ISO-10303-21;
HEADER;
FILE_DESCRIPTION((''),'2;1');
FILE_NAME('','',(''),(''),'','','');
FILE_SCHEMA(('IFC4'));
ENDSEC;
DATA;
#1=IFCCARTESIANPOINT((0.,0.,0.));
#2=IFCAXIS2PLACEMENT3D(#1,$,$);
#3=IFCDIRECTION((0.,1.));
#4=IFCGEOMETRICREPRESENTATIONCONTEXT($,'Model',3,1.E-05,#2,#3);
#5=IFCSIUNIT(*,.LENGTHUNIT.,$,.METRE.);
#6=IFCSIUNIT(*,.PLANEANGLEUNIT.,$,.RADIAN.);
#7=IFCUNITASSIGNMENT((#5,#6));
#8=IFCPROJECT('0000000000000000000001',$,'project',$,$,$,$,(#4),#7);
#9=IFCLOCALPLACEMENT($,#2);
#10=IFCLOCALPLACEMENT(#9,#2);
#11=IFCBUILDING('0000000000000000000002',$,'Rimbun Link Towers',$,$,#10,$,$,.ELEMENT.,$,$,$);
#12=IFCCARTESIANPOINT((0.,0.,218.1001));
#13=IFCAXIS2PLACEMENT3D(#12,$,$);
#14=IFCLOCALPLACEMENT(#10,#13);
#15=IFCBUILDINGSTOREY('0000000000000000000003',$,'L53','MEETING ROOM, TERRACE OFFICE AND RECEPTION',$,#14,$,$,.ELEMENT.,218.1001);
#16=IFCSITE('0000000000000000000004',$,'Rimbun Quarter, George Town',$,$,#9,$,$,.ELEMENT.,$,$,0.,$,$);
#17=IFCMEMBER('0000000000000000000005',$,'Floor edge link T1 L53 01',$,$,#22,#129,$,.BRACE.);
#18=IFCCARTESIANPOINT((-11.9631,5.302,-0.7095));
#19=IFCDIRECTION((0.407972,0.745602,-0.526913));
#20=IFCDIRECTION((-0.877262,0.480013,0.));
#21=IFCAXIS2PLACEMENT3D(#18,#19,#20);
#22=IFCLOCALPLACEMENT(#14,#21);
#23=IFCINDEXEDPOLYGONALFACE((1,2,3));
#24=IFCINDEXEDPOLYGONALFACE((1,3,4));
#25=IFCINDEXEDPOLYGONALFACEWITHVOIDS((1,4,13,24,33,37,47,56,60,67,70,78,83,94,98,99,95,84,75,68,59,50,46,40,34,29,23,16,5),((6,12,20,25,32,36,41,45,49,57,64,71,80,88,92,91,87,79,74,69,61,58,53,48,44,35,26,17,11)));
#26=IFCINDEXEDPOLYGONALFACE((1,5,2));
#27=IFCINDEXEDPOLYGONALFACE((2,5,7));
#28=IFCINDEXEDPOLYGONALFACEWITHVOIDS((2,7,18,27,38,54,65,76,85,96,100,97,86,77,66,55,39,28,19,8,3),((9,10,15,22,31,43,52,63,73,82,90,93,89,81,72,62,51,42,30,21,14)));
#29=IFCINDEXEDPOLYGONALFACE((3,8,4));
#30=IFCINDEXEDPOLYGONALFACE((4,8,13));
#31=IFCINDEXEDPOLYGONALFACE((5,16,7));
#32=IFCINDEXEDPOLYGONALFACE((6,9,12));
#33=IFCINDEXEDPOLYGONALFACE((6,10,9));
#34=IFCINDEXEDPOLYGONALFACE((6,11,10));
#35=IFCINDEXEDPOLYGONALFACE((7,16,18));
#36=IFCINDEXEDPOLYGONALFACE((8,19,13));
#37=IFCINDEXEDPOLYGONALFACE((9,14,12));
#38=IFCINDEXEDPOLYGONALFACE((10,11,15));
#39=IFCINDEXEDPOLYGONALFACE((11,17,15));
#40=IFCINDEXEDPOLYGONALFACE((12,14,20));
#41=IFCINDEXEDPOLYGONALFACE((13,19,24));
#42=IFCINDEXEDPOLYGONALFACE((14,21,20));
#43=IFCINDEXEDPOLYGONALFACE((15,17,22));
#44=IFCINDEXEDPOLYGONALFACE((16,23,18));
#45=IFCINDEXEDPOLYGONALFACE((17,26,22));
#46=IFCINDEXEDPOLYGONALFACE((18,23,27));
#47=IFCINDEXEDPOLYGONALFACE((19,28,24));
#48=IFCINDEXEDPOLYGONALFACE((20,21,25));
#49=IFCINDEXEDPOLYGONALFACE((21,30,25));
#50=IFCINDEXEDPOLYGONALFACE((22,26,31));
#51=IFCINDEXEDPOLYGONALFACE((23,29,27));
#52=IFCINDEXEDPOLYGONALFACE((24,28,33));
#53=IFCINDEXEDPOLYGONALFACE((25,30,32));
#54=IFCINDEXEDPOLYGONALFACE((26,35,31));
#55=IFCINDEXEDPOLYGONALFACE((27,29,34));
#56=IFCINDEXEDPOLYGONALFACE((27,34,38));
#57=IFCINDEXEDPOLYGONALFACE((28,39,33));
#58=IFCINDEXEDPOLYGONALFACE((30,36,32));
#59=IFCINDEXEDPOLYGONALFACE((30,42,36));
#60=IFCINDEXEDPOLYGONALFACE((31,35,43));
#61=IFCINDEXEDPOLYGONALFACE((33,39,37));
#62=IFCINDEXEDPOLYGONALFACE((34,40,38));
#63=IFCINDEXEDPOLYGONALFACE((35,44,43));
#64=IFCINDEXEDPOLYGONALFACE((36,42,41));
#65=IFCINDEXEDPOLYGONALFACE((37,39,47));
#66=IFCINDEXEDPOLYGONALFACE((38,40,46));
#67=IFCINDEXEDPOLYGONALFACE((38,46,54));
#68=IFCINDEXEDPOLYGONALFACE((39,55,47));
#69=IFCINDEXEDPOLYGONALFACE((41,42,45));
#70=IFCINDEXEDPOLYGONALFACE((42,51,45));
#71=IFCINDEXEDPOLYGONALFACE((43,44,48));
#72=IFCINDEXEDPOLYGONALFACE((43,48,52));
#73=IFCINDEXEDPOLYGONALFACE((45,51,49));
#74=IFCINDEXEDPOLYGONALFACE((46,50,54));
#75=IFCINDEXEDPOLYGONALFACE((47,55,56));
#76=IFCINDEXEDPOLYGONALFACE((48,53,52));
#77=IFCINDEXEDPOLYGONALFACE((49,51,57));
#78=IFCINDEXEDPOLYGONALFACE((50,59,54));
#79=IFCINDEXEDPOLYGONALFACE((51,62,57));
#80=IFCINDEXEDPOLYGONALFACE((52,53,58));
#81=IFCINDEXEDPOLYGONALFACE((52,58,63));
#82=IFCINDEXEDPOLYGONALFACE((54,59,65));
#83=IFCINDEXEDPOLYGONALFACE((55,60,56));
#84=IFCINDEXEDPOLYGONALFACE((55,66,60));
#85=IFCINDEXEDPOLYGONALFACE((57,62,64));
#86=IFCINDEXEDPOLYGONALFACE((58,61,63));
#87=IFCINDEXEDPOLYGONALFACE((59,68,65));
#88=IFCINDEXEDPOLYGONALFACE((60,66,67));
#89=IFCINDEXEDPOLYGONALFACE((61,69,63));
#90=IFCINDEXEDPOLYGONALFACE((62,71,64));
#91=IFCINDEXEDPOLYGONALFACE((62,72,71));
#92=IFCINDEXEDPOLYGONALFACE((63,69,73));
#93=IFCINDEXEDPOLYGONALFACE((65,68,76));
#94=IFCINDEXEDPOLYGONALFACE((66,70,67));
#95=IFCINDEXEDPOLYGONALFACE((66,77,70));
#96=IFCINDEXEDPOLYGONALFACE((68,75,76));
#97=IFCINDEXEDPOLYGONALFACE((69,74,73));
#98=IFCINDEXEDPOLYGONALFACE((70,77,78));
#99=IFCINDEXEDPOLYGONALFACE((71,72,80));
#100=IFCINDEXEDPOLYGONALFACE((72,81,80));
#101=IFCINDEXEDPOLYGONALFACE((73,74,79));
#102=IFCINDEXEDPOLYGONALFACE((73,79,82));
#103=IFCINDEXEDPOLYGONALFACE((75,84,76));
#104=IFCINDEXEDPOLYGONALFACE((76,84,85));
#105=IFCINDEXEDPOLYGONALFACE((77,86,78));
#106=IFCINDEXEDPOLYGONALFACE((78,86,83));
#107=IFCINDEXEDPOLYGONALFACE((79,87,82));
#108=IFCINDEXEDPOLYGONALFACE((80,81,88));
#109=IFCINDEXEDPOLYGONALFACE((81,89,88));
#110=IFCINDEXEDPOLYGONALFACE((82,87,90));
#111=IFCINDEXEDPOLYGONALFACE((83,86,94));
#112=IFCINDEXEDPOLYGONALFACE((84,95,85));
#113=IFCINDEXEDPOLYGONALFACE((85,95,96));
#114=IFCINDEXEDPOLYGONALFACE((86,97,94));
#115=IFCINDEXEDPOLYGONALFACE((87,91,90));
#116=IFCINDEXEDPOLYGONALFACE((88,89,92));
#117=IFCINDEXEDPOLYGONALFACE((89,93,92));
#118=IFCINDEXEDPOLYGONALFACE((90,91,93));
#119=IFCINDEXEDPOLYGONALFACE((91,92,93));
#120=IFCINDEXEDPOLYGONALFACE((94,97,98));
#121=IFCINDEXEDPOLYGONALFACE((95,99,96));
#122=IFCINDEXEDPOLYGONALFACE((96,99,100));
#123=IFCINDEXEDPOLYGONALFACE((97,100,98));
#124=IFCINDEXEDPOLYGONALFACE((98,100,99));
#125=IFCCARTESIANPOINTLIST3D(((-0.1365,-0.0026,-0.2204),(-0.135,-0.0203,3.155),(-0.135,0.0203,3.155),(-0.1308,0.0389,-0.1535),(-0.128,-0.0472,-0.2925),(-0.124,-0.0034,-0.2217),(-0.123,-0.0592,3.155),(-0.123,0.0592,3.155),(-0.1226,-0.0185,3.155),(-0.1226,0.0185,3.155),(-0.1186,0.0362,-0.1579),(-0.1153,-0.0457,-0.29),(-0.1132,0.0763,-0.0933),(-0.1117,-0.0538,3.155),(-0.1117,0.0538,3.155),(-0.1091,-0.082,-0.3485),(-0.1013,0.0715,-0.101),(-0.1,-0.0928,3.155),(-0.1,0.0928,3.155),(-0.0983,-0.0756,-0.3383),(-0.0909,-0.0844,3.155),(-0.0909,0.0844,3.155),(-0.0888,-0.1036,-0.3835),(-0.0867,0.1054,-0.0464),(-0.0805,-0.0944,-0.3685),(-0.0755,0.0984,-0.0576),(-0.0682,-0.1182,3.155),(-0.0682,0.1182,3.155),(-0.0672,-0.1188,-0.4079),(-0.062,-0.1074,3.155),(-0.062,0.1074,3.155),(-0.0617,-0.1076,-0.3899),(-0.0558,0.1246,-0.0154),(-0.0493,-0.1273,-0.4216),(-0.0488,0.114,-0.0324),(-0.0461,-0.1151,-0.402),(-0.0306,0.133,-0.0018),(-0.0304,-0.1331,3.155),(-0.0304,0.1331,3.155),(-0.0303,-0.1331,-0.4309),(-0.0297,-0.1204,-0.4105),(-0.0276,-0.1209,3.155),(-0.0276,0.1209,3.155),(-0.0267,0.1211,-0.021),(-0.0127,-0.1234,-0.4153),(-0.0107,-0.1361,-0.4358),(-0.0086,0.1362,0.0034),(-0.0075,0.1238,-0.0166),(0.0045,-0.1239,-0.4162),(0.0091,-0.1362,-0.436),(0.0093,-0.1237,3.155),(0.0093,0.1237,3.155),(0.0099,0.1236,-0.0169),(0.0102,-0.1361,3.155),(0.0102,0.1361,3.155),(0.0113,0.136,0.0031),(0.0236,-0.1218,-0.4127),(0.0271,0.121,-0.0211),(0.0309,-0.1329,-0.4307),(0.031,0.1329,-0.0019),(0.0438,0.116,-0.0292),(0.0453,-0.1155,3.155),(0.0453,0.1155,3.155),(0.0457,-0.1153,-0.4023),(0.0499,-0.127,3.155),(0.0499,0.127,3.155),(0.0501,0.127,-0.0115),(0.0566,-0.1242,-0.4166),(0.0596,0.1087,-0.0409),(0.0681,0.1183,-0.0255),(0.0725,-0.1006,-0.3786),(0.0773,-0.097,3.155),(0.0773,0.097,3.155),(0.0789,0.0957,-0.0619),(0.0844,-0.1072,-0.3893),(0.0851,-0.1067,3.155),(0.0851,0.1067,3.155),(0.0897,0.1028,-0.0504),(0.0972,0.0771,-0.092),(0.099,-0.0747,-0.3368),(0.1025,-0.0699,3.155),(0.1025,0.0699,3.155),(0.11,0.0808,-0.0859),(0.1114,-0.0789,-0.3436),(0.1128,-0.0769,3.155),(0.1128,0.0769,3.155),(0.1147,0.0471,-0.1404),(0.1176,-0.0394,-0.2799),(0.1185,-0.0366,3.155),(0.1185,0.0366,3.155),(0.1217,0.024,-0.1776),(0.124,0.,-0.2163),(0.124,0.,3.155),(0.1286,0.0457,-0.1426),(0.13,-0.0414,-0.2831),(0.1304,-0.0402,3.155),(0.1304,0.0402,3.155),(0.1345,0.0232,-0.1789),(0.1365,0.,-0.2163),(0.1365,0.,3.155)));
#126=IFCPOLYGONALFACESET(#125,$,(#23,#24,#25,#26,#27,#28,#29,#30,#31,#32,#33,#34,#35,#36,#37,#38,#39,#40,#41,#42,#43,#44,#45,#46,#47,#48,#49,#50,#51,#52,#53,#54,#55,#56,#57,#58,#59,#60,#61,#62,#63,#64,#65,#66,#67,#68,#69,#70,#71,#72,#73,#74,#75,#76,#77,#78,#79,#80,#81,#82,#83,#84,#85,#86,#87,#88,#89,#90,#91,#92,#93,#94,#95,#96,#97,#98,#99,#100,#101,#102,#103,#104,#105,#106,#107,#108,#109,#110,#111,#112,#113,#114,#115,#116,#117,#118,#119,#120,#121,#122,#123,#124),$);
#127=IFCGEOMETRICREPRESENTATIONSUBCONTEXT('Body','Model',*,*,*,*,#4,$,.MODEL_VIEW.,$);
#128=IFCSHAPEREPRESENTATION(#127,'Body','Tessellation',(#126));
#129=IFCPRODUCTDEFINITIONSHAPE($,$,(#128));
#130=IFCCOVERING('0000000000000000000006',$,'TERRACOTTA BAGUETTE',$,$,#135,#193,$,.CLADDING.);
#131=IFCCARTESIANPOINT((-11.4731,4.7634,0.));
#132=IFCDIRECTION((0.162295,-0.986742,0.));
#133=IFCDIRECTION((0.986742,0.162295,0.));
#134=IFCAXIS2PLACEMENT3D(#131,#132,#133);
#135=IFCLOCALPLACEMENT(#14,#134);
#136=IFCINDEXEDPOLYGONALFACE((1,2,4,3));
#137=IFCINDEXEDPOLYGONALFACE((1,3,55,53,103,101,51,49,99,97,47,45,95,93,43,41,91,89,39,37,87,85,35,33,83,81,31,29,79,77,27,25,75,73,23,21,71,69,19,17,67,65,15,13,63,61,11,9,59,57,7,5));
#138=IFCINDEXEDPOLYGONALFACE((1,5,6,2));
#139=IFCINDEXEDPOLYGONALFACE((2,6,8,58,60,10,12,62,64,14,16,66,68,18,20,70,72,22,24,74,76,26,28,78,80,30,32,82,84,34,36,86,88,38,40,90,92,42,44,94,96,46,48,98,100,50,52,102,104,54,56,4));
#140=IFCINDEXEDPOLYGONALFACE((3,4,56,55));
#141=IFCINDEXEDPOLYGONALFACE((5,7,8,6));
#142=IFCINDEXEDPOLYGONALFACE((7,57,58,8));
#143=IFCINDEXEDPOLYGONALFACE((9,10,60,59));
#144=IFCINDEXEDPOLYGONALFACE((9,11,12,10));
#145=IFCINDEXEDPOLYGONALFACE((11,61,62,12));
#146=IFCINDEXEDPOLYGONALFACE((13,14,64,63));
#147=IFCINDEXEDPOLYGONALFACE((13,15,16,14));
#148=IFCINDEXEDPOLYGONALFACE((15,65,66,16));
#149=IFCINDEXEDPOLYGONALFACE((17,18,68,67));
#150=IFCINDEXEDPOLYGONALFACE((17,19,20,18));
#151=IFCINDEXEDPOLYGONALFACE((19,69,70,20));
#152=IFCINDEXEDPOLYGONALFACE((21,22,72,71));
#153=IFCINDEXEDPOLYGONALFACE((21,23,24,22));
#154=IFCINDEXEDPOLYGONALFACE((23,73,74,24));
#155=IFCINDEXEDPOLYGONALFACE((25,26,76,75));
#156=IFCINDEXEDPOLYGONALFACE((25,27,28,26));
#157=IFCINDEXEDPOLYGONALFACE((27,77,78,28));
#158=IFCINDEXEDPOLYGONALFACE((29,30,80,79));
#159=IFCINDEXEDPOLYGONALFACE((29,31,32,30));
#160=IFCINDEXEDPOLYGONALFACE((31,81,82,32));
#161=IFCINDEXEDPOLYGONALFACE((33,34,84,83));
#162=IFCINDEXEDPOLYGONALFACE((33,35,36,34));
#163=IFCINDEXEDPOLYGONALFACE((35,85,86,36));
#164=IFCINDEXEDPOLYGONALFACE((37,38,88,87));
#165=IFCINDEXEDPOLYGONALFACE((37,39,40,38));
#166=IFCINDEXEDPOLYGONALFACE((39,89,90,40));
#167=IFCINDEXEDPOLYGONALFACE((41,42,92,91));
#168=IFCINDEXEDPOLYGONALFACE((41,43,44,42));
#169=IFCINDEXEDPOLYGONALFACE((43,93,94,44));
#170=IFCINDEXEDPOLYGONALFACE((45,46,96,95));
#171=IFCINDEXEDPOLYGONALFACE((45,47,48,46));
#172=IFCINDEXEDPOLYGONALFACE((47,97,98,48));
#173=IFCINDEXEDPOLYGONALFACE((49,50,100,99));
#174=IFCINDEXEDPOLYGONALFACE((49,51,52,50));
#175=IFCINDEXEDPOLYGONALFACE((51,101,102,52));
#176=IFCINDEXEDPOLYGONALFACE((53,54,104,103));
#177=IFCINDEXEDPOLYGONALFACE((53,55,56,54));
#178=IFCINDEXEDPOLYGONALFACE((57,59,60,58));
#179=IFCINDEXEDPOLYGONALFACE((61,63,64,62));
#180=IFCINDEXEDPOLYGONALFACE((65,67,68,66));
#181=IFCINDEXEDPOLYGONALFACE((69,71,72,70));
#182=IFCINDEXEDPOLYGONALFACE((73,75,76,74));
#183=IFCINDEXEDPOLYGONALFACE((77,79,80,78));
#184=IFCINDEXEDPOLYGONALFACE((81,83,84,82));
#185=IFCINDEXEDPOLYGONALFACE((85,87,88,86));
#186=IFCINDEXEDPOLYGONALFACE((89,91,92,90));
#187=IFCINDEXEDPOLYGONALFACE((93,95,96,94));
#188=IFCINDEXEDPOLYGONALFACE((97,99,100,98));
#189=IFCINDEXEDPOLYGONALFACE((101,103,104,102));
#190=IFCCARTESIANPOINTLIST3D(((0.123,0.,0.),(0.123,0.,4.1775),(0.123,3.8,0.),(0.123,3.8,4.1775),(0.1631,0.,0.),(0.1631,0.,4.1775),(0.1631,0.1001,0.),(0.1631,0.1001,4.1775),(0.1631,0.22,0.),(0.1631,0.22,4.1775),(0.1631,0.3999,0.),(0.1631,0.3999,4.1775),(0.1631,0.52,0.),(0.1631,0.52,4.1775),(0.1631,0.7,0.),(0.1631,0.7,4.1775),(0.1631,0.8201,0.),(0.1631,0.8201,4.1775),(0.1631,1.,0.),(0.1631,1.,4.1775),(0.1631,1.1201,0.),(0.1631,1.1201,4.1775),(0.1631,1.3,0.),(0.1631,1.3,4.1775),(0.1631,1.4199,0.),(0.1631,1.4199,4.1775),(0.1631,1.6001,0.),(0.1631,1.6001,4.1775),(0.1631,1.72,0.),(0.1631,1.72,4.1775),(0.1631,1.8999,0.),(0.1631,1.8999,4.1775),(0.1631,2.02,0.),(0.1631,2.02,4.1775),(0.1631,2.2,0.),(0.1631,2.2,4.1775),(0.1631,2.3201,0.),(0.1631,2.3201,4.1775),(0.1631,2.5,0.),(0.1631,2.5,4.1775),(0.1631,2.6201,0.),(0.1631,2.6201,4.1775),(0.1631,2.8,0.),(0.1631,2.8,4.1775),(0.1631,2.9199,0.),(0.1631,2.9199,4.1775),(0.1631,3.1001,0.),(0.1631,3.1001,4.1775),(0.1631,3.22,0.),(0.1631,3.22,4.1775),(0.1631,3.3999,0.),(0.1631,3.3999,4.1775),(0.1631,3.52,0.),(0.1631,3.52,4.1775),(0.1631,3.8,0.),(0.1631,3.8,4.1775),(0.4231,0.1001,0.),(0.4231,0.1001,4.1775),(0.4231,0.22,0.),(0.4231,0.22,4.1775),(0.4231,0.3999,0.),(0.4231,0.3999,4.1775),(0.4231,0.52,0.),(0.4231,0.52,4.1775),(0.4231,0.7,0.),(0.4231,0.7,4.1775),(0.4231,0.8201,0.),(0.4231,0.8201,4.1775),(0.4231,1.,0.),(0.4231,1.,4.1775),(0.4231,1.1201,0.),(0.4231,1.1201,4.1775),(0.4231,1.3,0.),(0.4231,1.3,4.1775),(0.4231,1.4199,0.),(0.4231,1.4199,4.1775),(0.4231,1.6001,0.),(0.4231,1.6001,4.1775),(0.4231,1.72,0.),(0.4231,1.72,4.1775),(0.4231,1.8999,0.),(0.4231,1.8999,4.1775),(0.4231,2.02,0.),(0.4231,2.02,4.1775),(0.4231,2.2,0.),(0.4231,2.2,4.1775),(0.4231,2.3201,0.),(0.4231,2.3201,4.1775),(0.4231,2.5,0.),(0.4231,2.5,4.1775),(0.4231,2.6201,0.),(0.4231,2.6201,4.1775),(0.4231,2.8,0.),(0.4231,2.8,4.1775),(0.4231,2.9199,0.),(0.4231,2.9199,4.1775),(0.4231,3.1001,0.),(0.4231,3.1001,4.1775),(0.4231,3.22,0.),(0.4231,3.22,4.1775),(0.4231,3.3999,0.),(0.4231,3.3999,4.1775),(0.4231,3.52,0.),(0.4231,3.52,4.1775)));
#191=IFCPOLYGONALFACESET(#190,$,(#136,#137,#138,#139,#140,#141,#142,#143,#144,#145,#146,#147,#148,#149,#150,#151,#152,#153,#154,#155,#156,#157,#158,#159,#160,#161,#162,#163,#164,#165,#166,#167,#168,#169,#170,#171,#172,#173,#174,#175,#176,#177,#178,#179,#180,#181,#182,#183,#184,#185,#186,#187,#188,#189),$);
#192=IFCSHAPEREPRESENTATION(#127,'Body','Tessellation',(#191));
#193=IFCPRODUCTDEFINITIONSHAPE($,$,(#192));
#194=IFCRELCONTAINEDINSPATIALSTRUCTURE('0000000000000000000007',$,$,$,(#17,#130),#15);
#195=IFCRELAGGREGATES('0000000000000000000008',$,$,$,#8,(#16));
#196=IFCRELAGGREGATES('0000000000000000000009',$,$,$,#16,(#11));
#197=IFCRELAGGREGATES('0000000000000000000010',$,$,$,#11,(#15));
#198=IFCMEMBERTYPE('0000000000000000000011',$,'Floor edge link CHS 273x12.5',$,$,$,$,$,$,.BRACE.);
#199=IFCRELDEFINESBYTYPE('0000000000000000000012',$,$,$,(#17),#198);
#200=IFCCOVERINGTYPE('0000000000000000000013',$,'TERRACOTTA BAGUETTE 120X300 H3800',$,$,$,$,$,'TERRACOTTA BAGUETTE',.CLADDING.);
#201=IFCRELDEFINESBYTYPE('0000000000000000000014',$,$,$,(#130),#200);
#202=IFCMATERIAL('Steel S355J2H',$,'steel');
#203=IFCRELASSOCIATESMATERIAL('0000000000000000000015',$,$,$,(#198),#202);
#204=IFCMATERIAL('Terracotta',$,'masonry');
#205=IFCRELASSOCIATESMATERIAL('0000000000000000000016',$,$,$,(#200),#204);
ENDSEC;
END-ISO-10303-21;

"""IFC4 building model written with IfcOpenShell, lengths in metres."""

from ifc_helpers import new_model, si_unit, direction, frame, origin, origin_2d, place, context, subcontext, project, spatial, polyline, hollow_circle, outline, extrude, clip, halfspace, material, material_profile, profile_set, type_object, element, save


model = new_model("IFC4")

# Units and contexts
model_context = context("Model", 3, precision=1e-05, world=origin(), true_north=direction((0.0, 1.0)))
body_context = subcontext(model_context, "Body", "Model", "MODEL_VIEW")
ifc_project = project(units=[si_unit("LENGTHUNIT", "METRE"), si_unit("PLANEANGLEUNIT", "RADIAN")], contexts=[model_context])

# Site, building, storey
site_placement = place(None, origin())
site = spatial("IfcSite", under=ifc_project, at=site_placement, Name="Rimbun Quarter, George Town", CompositionType="ELEMENT", RefElevation=0.0)
building_placement = place(site_placement, origin())
building = spatial("IfcBuilding", under=site, at=building_placement, Name="Rimbun Link Towers", CompositionType="ELEMENT")
storey_placement = place(building_placement, frame((0.0, 0.0, 218.1001)))
storey = spatial("IfcBuildingStorey", under=building, at=storey_placement, Name="L53", Description="MEETING ROOM, TERRACE OFFICE AND RECEPTION", CompositionType="ELEMENT", Elevation=218.1001)

# Member
ifc_material_1 = material(Name="Steel S355J2H", Category="steel")
ifc_material_profile_1 = material_profile(ifc_material_1, hollow_circle(Radius=0.1365, WallThickness=0.0125, at=origin_2d()), Name="CHS 273x12.5")
ifc_profile_set_1 = profile_set([ifc_material_profile_1], Name="Steel S355J2H")
member_type_1 = type_object("IfcMemberType", Name="Floor edge link CHS 273x12.5", PredefinedType="BRACE", material=ifc_profile_set_1)
member_1_placement = place(storey_placement, frame((-11.9631, 5.302, -0.7095), z_axis=(0.407972, 0.745602, -0.526913), x_axis=(-0.877262, 0.480013, 0.0)))
element("IfcMember", 1, at=member_1_placement, inside=storey, type_object=member_type_1, Name="Floor edge link T1 L53 01", PredefinedType="BRACE", context=body_context, shape_type="Clipping", body=[
    clip(extrude(hollow_circle(Radius=0.1365, WallThickness=0.0125, at=origin_2d()), frame((0.0, 0.0, -0.4592)), (0.0, 0.0, 1.0), 3.6143), halfspace(frame((0.0, 0.0, -0.2163), z_axis=(0.0, 0.84992, -0.526913)), False)),
])

# Covering
ifc_material_2 = material(Name="Terracotta", Category="masonry")
ifc_material_profile_2 = material_profile(ifc_material_2, outline(polyline([(0.123, 0.0), (0.1631, 0.0), (0.1631, 0.1001), (0.4231, 0.1001), (0.4231, 0.22), (0.1631, 0.22), (0.1631, 0.3999), (0.4231, 0.3999), (0.4231, 0.52), (0.1631, 0.52), (0.1631, 0.7), (0.4231, 0.7), (0.4231, 0.8201), (0.1631, 0.8201), (0.1631, 1.0), (0.4231, 1.0), (0.4231, 1.1201), (0.1631, 1.1201), (0.1631, 1.3), (0.4231, 1.3), (0.4231, 1.4199), (0.1631, 1.4199), (0.1631, 1.6001), (0.4231, 1.6001), (0.4231, 1.72), (0.1631, 1.72), (0.1631, 1.8999), (0.4231, 1.8999), (0.4231, 2.02), (0.1631, 2.02), (0.1631, 2.2), (0.4231, 2.2), (0.4231, 2.3201), (0.1631, 2.3201), (0.1631, 2.5), (0.4231, 2.5), (0.4231, 2.6201), (0.1631, 2.6201), (0.1631, 2.8), (0.4231, 2.8), (0.4231, 2.9199), (0.1631, 2.9199), (0.1631, 3.1001), (0.4231, 3.1001), (0.4231, 3.22), (0.1631, 3.22), (0.1631, 3.3999), (0.4231, 3.3999), (0.4231, 3.52), (0.1631, 3.52), (0.1631, 3.8), (0.123, 3.8), (0.123, 0.0)])), Name="BAGUETTE 120X300")
ifc_profile_set_2 = profile_set([ifc_material_profile_2], Name="Terracotta")
covering_type = type_object("IfcCoveringType", Name="TERRACOTTA BAGUETTE 120X300 H3800", ElementType="TERRACOTTA BAGUETTE", PredefinedType="CLADDING", material=ifc_profile_set_2)
covering_1_placement = place(storey_placement, frame((-11.4731, 4.7634, 0.0), z_axis=(0.162295, -0.986742, 0.0), x_axis=(0.986742, 0.162295, 0.0)))
element("IfcCovering", 2, at=covering_1_placement, inside=storey, type_object=covering_type, Name="TERRACOTTA BAGUETTE", PredefinedType="CLADDING", context=body_context, shape_type="SweptSolid", body=[
    extrude(outline(polyline([(0.123, 0.0), (0.1631, 0.0), (0.1631, 0.1001), (0.4231, 0.1001), (0.4231, 0.22), (0.1631, 0.22), (0.1631, 0.3999), (0.4231, 0.3999), (0.4231, 0.52), (0.1631, 0.52), (0.1631, 0.7), (0.4231, 0.7), (0.4231, 0.8201), (0.1631, 0.8201), (0.1631, 1.0), (0.4231, 1.0), (0.4231, 1.1201), (0.1631, 1.1201), (0.1631, 1.3), (0.4231, 1.3), (0.4231, 1.4199), (0.1631, 1.4199), (0.1631, 1.6001), (0.4231, 1.6001), (0.4231, 1.72), (0.1631, 1.72), (0.1631, 1.8999), (0.4231, 1.8999), (0.4231, 2.02), (0.1631, 2.02), (0.1631, 2.2), (0.4231, 2.2), (0.4231, 2.3201), (0.1631, 2.3201), (0.1631, 2.5), (0.4231, 2.5), (0.4231, 2.6201), (0.1631, 2.6201), (0.1631, 2.8), (0.4231, 2.8), (0.4231, 2.9199), (0.1631, 2.9199), (0.1631, 3.1001), (0.4231, 3.1001), (0.4231, 3.22), (0.1631, 3.22), (0.1631, 3.3999), (0.4231, 3.3999), (0.4231, 3.52), (0.1631, 3.52), (0.1631, 3.8), (0.123, 3.8), (0.123, 0.0)])), origin(), (0.0, 0.0, 1.0), 4.1775),
])

save(model, "model.ifc")
